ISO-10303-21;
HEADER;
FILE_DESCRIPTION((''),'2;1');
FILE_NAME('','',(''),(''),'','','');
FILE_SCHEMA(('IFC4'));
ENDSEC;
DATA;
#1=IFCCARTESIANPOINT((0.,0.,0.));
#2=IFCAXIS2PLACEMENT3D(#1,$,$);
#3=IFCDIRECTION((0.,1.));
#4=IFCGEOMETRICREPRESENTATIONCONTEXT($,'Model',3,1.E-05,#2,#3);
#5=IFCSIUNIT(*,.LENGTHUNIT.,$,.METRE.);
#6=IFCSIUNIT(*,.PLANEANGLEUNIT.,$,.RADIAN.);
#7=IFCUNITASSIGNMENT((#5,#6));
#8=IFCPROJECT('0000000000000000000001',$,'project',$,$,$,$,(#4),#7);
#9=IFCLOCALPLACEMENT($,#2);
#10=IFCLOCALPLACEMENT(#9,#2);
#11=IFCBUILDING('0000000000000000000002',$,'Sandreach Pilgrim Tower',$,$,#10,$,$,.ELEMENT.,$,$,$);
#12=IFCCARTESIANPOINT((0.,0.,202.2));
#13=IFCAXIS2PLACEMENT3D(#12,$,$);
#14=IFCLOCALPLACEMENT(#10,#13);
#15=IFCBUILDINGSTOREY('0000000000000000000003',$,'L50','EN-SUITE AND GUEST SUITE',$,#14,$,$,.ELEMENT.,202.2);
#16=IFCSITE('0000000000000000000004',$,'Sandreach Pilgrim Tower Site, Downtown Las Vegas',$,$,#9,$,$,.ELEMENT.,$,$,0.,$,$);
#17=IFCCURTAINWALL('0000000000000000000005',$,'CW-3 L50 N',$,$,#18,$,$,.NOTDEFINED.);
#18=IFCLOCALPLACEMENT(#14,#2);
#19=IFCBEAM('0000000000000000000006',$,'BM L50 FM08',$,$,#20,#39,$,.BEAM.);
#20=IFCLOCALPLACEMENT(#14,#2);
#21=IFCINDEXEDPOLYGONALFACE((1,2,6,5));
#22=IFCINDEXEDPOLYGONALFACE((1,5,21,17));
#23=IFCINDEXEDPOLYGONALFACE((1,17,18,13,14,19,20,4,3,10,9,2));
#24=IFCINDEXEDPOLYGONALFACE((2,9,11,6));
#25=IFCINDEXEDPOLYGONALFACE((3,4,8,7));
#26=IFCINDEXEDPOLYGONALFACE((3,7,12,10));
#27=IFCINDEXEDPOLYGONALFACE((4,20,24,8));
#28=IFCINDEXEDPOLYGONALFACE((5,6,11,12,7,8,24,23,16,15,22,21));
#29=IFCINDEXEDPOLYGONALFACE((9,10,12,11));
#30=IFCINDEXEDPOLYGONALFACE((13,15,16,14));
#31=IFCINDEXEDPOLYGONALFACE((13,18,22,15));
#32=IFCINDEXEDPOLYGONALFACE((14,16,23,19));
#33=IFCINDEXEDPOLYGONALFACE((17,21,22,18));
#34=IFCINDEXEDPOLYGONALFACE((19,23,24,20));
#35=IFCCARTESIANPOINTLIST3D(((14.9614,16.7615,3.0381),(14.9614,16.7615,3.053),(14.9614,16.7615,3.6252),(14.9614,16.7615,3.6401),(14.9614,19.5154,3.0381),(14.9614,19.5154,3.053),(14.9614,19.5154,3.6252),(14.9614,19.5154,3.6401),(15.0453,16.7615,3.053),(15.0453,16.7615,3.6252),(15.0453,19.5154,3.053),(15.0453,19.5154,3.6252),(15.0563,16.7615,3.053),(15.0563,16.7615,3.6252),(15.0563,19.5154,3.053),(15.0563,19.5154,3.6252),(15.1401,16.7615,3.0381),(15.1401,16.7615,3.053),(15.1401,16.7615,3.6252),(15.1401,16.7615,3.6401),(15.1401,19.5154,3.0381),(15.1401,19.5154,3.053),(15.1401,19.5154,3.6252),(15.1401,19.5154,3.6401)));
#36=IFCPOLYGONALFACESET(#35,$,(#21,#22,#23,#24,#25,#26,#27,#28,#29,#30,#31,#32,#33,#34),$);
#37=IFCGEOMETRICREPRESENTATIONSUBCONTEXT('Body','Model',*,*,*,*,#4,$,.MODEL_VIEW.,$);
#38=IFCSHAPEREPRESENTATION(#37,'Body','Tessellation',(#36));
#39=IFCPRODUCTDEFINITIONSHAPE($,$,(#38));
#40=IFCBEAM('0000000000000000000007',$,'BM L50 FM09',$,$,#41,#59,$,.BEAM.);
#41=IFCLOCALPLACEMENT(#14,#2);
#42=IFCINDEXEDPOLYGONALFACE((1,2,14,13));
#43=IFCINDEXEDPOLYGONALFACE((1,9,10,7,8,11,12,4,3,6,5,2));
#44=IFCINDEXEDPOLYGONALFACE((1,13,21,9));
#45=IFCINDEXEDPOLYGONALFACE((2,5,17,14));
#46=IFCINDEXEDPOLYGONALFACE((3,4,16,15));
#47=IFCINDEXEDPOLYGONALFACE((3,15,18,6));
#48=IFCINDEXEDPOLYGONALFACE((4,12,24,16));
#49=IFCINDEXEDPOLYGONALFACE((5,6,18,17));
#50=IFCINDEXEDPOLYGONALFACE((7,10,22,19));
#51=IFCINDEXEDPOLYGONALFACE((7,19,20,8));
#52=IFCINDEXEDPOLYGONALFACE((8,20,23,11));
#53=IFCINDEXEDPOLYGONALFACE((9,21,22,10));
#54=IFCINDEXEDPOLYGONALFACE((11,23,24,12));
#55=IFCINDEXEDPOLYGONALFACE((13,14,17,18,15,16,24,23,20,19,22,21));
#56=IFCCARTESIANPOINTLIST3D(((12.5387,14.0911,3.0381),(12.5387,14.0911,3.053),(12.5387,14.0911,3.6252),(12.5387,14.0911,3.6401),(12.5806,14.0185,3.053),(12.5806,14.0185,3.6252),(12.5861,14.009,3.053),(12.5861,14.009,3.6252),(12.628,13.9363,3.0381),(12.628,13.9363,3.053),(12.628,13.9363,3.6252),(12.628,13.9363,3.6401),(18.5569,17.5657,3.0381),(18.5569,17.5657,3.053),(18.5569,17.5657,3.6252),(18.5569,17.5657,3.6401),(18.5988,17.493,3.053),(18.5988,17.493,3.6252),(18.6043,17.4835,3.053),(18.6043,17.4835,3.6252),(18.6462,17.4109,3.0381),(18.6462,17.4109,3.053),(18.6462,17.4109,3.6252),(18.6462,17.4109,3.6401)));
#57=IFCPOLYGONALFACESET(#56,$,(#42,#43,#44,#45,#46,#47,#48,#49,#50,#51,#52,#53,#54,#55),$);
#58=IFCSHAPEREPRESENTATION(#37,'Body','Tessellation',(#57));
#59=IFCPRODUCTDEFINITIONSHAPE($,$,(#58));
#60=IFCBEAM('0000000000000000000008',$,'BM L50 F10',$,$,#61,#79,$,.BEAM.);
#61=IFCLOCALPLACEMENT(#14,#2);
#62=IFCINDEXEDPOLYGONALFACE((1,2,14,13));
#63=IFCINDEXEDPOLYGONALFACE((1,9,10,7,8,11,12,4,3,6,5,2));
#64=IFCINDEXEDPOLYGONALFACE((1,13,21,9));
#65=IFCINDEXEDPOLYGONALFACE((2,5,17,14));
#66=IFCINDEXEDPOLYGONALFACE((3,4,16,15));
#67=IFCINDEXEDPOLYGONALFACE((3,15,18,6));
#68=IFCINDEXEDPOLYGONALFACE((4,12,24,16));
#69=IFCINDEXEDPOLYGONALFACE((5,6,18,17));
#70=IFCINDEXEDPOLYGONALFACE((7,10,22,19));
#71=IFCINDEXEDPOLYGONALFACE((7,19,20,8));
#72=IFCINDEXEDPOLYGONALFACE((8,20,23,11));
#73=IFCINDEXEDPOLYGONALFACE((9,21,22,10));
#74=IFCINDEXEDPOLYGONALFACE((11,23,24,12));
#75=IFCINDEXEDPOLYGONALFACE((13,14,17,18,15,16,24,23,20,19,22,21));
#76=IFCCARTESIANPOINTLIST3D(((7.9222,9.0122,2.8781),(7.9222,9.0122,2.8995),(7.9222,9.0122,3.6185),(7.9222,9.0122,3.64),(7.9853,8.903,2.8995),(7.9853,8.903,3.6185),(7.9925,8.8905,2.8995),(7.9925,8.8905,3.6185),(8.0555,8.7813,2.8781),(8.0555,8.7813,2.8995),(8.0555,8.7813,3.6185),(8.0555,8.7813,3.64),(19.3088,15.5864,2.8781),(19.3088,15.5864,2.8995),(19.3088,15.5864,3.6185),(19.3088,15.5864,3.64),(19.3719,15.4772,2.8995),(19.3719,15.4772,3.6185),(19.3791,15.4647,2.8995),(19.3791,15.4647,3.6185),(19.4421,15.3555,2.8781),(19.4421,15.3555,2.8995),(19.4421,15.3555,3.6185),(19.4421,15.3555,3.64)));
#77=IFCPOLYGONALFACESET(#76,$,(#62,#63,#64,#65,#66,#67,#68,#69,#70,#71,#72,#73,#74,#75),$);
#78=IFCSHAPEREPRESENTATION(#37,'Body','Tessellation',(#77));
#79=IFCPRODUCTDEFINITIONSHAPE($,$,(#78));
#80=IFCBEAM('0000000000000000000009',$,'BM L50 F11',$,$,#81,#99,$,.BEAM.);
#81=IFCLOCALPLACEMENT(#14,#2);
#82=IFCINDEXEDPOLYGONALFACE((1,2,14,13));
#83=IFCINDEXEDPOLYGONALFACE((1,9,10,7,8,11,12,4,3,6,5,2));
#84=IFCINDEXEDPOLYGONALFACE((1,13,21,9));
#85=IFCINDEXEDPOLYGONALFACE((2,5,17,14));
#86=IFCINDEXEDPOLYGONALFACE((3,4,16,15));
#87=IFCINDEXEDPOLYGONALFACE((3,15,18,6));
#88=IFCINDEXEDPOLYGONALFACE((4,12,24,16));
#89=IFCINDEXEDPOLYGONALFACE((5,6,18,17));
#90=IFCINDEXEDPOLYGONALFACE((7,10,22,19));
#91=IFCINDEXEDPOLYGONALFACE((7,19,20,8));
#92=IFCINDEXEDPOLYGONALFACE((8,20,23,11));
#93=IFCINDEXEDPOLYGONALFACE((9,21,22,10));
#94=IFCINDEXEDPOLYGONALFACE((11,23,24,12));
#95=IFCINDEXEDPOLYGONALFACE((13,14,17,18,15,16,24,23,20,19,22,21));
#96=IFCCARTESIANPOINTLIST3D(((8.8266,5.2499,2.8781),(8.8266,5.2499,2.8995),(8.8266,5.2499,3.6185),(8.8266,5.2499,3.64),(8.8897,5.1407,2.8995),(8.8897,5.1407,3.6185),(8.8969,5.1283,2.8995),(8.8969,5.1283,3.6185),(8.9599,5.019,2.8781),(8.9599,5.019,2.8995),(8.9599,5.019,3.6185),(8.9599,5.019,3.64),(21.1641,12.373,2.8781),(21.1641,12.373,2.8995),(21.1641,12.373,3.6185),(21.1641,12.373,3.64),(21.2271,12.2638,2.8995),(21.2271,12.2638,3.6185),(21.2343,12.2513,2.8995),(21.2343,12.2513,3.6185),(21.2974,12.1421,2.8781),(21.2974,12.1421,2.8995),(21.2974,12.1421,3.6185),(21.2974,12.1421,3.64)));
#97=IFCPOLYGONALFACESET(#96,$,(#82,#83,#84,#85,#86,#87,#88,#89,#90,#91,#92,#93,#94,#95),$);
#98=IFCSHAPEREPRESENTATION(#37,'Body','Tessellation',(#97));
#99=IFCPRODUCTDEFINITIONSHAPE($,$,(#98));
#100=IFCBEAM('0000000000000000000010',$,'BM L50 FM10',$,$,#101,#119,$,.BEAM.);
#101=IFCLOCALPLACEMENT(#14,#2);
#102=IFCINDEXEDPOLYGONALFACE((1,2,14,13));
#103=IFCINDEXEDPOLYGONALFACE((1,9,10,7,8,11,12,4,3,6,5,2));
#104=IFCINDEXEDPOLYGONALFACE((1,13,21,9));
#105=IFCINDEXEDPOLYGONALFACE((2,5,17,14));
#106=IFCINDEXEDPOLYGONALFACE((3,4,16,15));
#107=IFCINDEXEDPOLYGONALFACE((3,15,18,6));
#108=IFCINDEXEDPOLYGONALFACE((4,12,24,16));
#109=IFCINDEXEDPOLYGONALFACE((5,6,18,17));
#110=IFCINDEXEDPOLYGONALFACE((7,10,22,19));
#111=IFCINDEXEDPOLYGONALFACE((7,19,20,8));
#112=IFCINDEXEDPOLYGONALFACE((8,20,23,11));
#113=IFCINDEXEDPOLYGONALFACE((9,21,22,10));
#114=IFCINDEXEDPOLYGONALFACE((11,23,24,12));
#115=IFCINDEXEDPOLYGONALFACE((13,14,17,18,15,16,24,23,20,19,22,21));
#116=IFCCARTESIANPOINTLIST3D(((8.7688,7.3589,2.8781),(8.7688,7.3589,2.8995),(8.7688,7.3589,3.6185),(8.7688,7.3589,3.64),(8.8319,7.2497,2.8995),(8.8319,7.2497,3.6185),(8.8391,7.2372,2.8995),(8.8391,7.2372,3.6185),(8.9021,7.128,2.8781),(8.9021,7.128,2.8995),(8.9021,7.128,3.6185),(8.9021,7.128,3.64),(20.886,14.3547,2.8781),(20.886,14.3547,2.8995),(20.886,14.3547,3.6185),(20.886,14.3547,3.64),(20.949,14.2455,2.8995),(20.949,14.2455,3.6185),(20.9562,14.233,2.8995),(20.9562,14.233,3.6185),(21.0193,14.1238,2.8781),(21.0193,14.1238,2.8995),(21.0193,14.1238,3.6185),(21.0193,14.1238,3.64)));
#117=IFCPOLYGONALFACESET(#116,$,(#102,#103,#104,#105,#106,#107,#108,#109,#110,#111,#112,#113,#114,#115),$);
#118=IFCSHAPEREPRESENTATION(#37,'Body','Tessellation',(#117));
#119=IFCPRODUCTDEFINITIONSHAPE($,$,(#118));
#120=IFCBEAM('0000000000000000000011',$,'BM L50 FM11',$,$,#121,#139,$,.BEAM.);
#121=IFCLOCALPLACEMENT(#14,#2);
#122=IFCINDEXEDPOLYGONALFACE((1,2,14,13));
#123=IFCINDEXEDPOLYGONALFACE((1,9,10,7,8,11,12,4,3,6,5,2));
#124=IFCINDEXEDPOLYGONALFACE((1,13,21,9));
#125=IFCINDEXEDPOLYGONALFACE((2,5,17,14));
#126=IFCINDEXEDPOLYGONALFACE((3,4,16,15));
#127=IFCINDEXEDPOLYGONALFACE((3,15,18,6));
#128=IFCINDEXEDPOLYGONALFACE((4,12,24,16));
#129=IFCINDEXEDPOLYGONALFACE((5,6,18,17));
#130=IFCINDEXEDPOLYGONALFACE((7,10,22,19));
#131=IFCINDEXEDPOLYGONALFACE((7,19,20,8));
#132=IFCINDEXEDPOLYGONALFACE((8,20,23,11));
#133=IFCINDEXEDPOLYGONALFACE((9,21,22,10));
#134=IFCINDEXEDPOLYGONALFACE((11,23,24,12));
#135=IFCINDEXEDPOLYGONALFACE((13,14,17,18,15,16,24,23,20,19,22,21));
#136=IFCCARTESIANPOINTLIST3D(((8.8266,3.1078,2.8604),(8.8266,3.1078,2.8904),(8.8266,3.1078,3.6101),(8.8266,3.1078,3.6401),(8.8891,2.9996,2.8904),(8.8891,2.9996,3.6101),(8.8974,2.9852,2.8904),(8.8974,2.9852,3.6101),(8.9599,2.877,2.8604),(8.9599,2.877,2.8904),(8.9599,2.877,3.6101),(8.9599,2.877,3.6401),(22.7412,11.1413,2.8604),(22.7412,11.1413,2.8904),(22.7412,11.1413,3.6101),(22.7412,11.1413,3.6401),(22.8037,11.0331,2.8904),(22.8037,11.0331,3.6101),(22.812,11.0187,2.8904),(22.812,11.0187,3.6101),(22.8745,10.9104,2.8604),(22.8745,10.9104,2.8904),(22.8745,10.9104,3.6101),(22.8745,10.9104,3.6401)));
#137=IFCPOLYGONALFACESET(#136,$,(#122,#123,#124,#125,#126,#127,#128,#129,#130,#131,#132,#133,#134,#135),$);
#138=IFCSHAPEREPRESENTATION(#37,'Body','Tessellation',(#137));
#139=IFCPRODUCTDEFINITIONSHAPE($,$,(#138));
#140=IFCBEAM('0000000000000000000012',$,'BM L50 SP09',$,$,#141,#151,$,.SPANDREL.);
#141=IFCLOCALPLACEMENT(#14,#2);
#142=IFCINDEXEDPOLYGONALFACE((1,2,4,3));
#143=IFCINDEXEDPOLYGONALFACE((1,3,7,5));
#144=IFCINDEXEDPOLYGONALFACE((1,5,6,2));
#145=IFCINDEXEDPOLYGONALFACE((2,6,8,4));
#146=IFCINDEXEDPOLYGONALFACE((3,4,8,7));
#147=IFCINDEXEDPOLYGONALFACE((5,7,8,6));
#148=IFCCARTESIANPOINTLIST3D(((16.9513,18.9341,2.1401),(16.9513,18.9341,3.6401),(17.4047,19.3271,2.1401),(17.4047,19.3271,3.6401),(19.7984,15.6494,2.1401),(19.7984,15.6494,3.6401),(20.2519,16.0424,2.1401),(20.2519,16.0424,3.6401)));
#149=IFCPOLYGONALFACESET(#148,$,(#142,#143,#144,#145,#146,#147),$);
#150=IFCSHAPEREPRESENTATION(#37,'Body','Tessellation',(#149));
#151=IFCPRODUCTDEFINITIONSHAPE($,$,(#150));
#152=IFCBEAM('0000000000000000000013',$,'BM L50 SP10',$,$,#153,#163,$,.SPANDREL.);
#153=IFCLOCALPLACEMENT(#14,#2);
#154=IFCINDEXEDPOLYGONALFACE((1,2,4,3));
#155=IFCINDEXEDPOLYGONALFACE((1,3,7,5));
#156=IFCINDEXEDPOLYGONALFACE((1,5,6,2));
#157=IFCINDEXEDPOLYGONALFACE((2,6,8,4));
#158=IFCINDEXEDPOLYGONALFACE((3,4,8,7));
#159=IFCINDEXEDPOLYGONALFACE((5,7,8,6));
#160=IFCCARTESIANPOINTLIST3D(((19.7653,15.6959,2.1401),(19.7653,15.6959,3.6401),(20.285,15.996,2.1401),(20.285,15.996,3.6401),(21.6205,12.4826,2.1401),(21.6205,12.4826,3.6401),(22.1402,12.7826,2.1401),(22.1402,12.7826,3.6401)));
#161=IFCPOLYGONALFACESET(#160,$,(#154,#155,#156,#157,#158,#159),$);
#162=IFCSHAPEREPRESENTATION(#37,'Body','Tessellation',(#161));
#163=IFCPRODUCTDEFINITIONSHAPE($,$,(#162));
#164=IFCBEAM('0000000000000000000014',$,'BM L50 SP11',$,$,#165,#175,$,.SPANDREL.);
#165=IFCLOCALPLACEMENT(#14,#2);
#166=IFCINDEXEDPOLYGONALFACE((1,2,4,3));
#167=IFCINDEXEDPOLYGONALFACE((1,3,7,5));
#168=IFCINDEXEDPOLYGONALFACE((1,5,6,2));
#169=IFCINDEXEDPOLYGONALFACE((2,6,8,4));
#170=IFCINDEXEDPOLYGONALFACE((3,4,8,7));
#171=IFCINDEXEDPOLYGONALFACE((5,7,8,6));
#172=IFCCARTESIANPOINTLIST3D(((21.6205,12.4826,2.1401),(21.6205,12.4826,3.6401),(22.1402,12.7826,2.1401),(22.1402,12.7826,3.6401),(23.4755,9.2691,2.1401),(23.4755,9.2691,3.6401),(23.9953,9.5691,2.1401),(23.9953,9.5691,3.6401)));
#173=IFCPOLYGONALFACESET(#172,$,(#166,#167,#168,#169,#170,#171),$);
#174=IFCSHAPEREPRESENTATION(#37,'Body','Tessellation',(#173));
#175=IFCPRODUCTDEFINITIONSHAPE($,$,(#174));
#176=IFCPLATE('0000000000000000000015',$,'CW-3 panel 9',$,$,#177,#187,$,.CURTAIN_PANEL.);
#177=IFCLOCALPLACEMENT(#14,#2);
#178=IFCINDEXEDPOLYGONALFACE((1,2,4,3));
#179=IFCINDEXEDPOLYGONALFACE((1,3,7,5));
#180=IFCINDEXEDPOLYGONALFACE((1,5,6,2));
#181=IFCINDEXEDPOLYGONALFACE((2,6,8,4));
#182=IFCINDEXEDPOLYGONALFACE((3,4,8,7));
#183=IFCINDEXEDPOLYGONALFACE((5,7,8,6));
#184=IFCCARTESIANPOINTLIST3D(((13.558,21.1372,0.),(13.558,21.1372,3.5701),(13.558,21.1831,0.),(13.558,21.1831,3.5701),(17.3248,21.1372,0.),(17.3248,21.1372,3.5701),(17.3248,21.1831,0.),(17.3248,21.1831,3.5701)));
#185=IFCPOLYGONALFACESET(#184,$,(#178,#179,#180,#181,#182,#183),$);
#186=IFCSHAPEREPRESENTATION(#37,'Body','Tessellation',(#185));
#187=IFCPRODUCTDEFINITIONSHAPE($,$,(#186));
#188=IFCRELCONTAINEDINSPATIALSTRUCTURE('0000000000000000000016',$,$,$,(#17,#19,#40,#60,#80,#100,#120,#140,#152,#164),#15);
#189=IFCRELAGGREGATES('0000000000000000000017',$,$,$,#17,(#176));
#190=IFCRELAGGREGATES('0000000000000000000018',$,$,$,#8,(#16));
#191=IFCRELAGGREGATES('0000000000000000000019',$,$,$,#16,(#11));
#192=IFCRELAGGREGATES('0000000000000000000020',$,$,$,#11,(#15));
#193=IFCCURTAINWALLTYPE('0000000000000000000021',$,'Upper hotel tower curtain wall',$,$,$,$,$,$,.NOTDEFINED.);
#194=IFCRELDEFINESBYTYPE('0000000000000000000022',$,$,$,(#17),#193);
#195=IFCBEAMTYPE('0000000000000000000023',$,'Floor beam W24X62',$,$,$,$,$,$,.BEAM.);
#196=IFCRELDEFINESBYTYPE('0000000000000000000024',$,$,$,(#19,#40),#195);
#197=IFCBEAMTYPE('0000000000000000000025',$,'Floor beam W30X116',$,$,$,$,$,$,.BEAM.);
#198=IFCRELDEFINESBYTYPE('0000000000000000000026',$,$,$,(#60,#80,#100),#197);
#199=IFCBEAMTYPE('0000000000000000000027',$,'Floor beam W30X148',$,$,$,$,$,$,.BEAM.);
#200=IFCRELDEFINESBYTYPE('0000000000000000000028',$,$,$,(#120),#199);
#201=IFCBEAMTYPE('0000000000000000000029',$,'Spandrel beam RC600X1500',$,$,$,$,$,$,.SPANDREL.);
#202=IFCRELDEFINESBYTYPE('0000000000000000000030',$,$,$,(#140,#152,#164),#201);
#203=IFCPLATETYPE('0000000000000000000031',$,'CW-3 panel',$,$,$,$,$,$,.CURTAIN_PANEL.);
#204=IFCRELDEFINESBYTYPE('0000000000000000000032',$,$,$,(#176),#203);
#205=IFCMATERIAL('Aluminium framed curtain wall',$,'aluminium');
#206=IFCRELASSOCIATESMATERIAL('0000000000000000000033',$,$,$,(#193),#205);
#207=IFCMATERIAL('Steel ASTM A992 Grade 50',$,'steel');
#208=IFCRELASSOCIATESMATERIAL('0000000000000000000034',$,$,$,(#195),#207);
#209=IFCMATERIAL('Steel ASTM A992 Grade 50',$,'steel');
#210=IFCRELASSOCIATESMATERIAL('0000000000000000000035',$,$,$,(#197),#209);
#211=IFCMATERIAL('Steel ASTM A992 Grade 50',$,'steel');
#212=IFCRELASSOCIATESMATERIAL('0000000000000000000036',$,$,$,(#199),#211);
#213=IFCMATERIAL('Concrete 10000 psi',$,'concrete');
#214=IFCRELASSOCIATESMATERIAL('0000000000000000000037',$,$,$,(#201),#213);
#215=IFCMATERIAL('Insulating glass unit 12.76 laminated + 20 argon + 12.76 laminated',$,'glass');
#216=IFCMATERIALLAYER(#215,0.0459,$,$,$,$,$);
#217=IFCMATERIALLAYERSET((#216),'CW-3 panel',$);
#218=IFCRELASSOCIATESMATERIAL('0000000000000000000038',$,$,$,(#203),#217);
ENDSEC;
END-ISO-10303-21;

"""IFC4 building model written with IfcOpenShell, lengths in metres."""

from ifc_helpers import new_model, si_unit, direction, frame, origin, origin_2d, place, context, subcontext, project, spatial, rectangle, i_section, extrude, material, layer, layer_set, material_profile, profile_set, type_object, element, aggregate, save


model = new_model("IFC4")

# Units and contexts
model_context = context("Model", 3, precision=1e-05, world=origin(), true_north=direction((0.0, 1.0)))
body_context = subcontext(model_context, "Body", "Model", "MODEL_VIEW")
ifc_project = project(units=[si_unit("LENGTHUNIT", "METRE"), si_unit("PLANEANGLEUNIT", "RADIAN")], contexts=[model_context])

# Site, building, storey
site_placement = place(None, origin())
site = spatial("IfcSite", under=ifc_project, at=site_placement, Name="Sandreach Pilgrim Tower Site, Downtown Las Vegas", CompositionType="ELEMENT", RefElevation=0.0)
building_placement = place(site_placement, origin())
building = spatial("IfcBuilding", under=site, at=building_placement, Name="Sandreach Pilgrim Tower", CompositionType="ELEMENT")
storey_placement = place(building_placement, frame((0.0, 0.0, 202.2)))
storey = spatial("IfcBuildingStorey", under=building, at=storey_placement, Name="L50", Description="EN-SUITE AND GUEST SUITE", CompositionType="ELEMENT", Elevation=202.2)

# Curtain wall
ifc_material_1 = material(Name="Aluminium framed curtain wall", Category="aluminium")
curtain_wall_type = type_object("IfcCurtainWallType", Name="Upper hotel tower curtain wall", PredefinedType="NOTDEFINED", material=ifc_material_1)
curtain_wall_1_placement = place(storey_placement, origin())
curtain_wall_1 = element("IfcCurtainWall", 1, at=curtain_wall_1_placement, inside=storey, type_object=curtain_wall_type, Name="CW-3 L50 N", PredefinedType="NOTDEFINED")

# Beams
ifc_material_2 = material(Name="Steel ASTM A992 Grade 50", Category="steel")
ifc_material_profile_1 = material_profile(ifc_material_2, i_section(OverallWidth=0.1787, OverallDepth=0.6021, WebThickness=0.011, FlangeThickness=0.0149, at=origin_2d()), Name="W24X62")
ifc_profile_set_1 = profile_set([ifc_material_profile_1], Name="Steel ASTM A992 Grade 50")
beam_type_1 = type_object("IfcBeamType", Name="Floor beam W24X62", PredefinedType="BEAM", material=ifc_profile_set_1)
beam_1_placement = place(storey_placement, frame((15.0508, 19.5154, 3.3391), z_axis=(0.0, -1.0, 0.0), x_axis=(1.0, 0.0, 0.0)))
element("IfcBeam", 2, at=beam_1_placement, inside=storey, type_object=beam_type_1, Name="BM L50 FM08", PredefinedType="BEAM", context=body_context, shape_type="SweptSolid", body=[
    extrude(i_section(OverallWidth=0.1787, OverallDepth=0.6021, WebThickness=0.011, FlangeThickness=0.0149, at=origin_2d()), origin(), (0.0, 0.0, 1.0), 2.7539),
])
beam_2_placement = place(storey_placement, frame((18.6016, 17.4883, 3.3391), z_axis=(-0.866029, -0.499993, 0.0), x_axis=(0.499993, -0.866029, 0.0)))
element("IfcBeam", 3, at=beam_2_placement, inside=storey, type_object=beam_type_1, Name="BM L50 FM09", PredefinedType="BEAM", context=body_context, shape_type="SweptSolid", body=[
    extrude(i_section(OverallWidth=0.1787, OverallDepth=0.6021, WebThickness=0.011, FlangeThickness=0.0149, at=origin_2d()), origin(), (0.0, 0.0, 1.0), 6.9492),
])
ifc_material_3 = material(Name="Steel ASTM A992 Grade 50", Category="steel")
ifc_material_profile_2 = material_profile(ifc_material_3, i_section(OverallWidth=0.2666, OverallDepth=0.762, WebThickness=0.0144, FlangeThickness=0.0215, at=origin_2d()), Name="W30X116")
ifc_profile_set_2 = profile_set([ifc_material_profile_2], Name="Steel ASTM A992 Grade 50")
beam_type_2 = type_object("IfcBeamType", Name="Floor beam W30X116", PredefinedType="BEAM", material=ifc_profile_set_2)
beam_3_placement = place(storey_placement, frame((19.3755, 15.4709, 3.259), z_axis=(-0.866022, -0.500005, 0.0), x_axis=(0.500005, -0.866022, 0.0)))
element("IfcBeam", 4, at=beam_3_placement, inside=storey, type_object=beam_type_2, Name="BM L50 F10", PredefinedType="BEAM", context=body_context, shape_type="SweptSolid", body=[
    extrude(i_section(OverallWidth=0.2666, OverallDepth=0.762, WebThickness=0.0144, FlangeThickness=0.0215, at=origin_2d()), origin(), (0.0, 0.0, 1.0), 13.1482),
])
beam_4_placement = place(storey_placement, frame((21.2307, 12.2576, 3.259), z_axis=(-0.866024, -0.500002, 0.0), x_axis=(0.500002, -0.866024, 0.0)))
element("IfcBeam", 5, at=beam_4_placement, inside=storey, type_object=beam_type_2, Name="BM L50 F11", PredefinedType="BEAM", context=body_context, shape_type="SweptSolid", body=[
    extrude(i_section(OverallWidth=0.2666, OverallDepth=0.762, WebThickness=0.0144, FlangeThickness=0.0215, at=origin_2d()), origin(), (0.0, 0.0, 1.0), 14.2461),
])
beam_5_placement = place(storey_placement, frame((20.9526, 14.2393, 3.259), z_axis=(-0.866026, -0.499999, 0.0), x_axis=(0.499999, -0.866026, 0.0)))
element("IfcBeam", 6, at=beam_5_placement, inside=storey, type_object=beam_type_2, Name="BM L50 FM10", PredefinedType="BEAM", context=body_context, shape_type="SweptSolid", body=[
    extrude(i_section(OverallWidth=0.2666, OverallDepth=0.762, WebThickness=0.0144, FlangeThickness=0.0215, at=origin_2d()), origin(), (0.0, 0.0, 1.0), 13.9917),
])
ifc_material_4 = material(Name="Steel ASTM A992 Grade 50", Category="steel")
ifc_material_profile_3 = material_profile(ifc_material_4, i_section(OverallWidth=0.2666, OverallDepth=0.7798, WebThickness=0.0166, FlangeThickness=0.03, at=origin_2d()), Name="W30X148")
ifc_profile_set_3 = profile_set([ifc_material_profile_3], Name="Steel ASTM A992 Grade 50")
beam_type_3 = type_object("IfcBeamType", Name="Floor beam W30X148", PredefinedType="BEAM", material=ifc_profile_set_3)
beam_6_placement = place(storey_placement, frame((22.8079, 11.0259, 3.2502), z_axis=(-0.866029, -0.499994, 0.0), x_axis=(0.499994, -0.866029, 0.0)))
element("IfcBeam", 7, at=beam_6_placement, inside=storey, type_object=beam_type_3, Name="BM L50 FM11", PredefinedType="BEAM", context=body_context, shape_type="SweptSolid", body=[
    extrude(i_section(OverallWidth=0.2666, OverallDepth=0.7798, WebThickness=0.0166, FlangeThickness=0.03, at=origin_2d()), origin(), (0.0, 0.0, 1.0), 16.0671),
])
ifc_material_5 = material(Name="Concrete 10000 psi", Category="concrete")
ifc_material_profile_4 = material_profile(ifc_material_5, rectangle(XDim=0.6001, YDim=1.5, at=origin_2d()), Name="RC600X1500")
ifc_profile_set_4 = profile_set([ifc_material_profile_4], Name="Concrete 10000 psi")
beam_type_4 = type_object("IfcBeamType", Name="Spandrel beam RC600X1500", PredefinedType="SPANDREL", material=ifc_profile_set_4)
beam_7_placement = place(storey_placement, frame((17.178, 19.1306, 2.8901), z_axis=(0.65499, -0.755637, 0.0), x_axis=(0.755637, 0.65499, 0.0)))
element("IfcBeam", 8, at=beam_7_placement, inside=storey, type_object=beam_type_4, Name="BM L50 SP09", PredefinedType="SPANDREL", context=body_context, shape_type="SweptSolid", body=[
    extrude(rectangle(XDim=0.6001, YDim=1.5, at=origin_2d()), origin(), (0.0, 0.0, 1.0), 4.3469),
])
for number, where, z_axis, x_axis, name in (
    (9, (20.0251, 15.8459, 2.8901), (0.499996, -0.866028, 0.0), (0.866028, 0.499996, 0.0), "BM L50 SP10"),
    (10, (21.8804, 12.6326, 2.8901), (0.499946, -0.866056, 0.0), (0.866056, 0.499946, 0.0), "BM L50 SP11"),
):
    element("IfcBeam", number, at=place(storey_placement, frame(where, z_axis=z_axis, x_axis=x_axis)), inside=storey, type_object=beam_type_4, Name=name, PredefinedType="SPANDREL", context=body_context, shape_type="SweptSolid", body=[
        extrude(rectangle(XDim=0.6001, YDim=1.5, at=origin_2d()), origin(), (0.0, 0.0, 1.0), 3.7104),
    ])

# Plate
ifc_material_6 = material(Name="Insulating glass unit 12.76 laminated + 20 argon + 12.76 laminated", Category="glass")
ifc_layer_1 = layer(ifc_material_6, 0.0459)
ifc_layer_set_1 = layer_set([ifc_layer_1], Name="CW-3 panel")
plate_type = type_object("IfcPlateType", Name="CW-3 panel", PredefinedType="CURTAIN_PANEL", material=ifc_layer_set_1)
plate_1_placement = place(storey_placement, frame((15.4414, 21.1602, 0.0), z_axis=(0.0, 0.0, 1.0), x_axis=(1.0, 0.0, 0.0)))
plate_1 = element("IfcPlate", 11, at=plate_1_placement, type_object=plate_type, Name="CW-3 panel 9", PredefinedType="CURTAIN_PANEL", context=body_context, shape_type="SweptSolid", body=[
    extrude(rectangle(XDim=3.7668, YDim=0.0459, at=origin_2d()), origin(), (0.0, 0.0, 1.0), 3.5701),
])
aggregate(curtain_wall_1, [plate_1])

save(model, "model.ifc")
